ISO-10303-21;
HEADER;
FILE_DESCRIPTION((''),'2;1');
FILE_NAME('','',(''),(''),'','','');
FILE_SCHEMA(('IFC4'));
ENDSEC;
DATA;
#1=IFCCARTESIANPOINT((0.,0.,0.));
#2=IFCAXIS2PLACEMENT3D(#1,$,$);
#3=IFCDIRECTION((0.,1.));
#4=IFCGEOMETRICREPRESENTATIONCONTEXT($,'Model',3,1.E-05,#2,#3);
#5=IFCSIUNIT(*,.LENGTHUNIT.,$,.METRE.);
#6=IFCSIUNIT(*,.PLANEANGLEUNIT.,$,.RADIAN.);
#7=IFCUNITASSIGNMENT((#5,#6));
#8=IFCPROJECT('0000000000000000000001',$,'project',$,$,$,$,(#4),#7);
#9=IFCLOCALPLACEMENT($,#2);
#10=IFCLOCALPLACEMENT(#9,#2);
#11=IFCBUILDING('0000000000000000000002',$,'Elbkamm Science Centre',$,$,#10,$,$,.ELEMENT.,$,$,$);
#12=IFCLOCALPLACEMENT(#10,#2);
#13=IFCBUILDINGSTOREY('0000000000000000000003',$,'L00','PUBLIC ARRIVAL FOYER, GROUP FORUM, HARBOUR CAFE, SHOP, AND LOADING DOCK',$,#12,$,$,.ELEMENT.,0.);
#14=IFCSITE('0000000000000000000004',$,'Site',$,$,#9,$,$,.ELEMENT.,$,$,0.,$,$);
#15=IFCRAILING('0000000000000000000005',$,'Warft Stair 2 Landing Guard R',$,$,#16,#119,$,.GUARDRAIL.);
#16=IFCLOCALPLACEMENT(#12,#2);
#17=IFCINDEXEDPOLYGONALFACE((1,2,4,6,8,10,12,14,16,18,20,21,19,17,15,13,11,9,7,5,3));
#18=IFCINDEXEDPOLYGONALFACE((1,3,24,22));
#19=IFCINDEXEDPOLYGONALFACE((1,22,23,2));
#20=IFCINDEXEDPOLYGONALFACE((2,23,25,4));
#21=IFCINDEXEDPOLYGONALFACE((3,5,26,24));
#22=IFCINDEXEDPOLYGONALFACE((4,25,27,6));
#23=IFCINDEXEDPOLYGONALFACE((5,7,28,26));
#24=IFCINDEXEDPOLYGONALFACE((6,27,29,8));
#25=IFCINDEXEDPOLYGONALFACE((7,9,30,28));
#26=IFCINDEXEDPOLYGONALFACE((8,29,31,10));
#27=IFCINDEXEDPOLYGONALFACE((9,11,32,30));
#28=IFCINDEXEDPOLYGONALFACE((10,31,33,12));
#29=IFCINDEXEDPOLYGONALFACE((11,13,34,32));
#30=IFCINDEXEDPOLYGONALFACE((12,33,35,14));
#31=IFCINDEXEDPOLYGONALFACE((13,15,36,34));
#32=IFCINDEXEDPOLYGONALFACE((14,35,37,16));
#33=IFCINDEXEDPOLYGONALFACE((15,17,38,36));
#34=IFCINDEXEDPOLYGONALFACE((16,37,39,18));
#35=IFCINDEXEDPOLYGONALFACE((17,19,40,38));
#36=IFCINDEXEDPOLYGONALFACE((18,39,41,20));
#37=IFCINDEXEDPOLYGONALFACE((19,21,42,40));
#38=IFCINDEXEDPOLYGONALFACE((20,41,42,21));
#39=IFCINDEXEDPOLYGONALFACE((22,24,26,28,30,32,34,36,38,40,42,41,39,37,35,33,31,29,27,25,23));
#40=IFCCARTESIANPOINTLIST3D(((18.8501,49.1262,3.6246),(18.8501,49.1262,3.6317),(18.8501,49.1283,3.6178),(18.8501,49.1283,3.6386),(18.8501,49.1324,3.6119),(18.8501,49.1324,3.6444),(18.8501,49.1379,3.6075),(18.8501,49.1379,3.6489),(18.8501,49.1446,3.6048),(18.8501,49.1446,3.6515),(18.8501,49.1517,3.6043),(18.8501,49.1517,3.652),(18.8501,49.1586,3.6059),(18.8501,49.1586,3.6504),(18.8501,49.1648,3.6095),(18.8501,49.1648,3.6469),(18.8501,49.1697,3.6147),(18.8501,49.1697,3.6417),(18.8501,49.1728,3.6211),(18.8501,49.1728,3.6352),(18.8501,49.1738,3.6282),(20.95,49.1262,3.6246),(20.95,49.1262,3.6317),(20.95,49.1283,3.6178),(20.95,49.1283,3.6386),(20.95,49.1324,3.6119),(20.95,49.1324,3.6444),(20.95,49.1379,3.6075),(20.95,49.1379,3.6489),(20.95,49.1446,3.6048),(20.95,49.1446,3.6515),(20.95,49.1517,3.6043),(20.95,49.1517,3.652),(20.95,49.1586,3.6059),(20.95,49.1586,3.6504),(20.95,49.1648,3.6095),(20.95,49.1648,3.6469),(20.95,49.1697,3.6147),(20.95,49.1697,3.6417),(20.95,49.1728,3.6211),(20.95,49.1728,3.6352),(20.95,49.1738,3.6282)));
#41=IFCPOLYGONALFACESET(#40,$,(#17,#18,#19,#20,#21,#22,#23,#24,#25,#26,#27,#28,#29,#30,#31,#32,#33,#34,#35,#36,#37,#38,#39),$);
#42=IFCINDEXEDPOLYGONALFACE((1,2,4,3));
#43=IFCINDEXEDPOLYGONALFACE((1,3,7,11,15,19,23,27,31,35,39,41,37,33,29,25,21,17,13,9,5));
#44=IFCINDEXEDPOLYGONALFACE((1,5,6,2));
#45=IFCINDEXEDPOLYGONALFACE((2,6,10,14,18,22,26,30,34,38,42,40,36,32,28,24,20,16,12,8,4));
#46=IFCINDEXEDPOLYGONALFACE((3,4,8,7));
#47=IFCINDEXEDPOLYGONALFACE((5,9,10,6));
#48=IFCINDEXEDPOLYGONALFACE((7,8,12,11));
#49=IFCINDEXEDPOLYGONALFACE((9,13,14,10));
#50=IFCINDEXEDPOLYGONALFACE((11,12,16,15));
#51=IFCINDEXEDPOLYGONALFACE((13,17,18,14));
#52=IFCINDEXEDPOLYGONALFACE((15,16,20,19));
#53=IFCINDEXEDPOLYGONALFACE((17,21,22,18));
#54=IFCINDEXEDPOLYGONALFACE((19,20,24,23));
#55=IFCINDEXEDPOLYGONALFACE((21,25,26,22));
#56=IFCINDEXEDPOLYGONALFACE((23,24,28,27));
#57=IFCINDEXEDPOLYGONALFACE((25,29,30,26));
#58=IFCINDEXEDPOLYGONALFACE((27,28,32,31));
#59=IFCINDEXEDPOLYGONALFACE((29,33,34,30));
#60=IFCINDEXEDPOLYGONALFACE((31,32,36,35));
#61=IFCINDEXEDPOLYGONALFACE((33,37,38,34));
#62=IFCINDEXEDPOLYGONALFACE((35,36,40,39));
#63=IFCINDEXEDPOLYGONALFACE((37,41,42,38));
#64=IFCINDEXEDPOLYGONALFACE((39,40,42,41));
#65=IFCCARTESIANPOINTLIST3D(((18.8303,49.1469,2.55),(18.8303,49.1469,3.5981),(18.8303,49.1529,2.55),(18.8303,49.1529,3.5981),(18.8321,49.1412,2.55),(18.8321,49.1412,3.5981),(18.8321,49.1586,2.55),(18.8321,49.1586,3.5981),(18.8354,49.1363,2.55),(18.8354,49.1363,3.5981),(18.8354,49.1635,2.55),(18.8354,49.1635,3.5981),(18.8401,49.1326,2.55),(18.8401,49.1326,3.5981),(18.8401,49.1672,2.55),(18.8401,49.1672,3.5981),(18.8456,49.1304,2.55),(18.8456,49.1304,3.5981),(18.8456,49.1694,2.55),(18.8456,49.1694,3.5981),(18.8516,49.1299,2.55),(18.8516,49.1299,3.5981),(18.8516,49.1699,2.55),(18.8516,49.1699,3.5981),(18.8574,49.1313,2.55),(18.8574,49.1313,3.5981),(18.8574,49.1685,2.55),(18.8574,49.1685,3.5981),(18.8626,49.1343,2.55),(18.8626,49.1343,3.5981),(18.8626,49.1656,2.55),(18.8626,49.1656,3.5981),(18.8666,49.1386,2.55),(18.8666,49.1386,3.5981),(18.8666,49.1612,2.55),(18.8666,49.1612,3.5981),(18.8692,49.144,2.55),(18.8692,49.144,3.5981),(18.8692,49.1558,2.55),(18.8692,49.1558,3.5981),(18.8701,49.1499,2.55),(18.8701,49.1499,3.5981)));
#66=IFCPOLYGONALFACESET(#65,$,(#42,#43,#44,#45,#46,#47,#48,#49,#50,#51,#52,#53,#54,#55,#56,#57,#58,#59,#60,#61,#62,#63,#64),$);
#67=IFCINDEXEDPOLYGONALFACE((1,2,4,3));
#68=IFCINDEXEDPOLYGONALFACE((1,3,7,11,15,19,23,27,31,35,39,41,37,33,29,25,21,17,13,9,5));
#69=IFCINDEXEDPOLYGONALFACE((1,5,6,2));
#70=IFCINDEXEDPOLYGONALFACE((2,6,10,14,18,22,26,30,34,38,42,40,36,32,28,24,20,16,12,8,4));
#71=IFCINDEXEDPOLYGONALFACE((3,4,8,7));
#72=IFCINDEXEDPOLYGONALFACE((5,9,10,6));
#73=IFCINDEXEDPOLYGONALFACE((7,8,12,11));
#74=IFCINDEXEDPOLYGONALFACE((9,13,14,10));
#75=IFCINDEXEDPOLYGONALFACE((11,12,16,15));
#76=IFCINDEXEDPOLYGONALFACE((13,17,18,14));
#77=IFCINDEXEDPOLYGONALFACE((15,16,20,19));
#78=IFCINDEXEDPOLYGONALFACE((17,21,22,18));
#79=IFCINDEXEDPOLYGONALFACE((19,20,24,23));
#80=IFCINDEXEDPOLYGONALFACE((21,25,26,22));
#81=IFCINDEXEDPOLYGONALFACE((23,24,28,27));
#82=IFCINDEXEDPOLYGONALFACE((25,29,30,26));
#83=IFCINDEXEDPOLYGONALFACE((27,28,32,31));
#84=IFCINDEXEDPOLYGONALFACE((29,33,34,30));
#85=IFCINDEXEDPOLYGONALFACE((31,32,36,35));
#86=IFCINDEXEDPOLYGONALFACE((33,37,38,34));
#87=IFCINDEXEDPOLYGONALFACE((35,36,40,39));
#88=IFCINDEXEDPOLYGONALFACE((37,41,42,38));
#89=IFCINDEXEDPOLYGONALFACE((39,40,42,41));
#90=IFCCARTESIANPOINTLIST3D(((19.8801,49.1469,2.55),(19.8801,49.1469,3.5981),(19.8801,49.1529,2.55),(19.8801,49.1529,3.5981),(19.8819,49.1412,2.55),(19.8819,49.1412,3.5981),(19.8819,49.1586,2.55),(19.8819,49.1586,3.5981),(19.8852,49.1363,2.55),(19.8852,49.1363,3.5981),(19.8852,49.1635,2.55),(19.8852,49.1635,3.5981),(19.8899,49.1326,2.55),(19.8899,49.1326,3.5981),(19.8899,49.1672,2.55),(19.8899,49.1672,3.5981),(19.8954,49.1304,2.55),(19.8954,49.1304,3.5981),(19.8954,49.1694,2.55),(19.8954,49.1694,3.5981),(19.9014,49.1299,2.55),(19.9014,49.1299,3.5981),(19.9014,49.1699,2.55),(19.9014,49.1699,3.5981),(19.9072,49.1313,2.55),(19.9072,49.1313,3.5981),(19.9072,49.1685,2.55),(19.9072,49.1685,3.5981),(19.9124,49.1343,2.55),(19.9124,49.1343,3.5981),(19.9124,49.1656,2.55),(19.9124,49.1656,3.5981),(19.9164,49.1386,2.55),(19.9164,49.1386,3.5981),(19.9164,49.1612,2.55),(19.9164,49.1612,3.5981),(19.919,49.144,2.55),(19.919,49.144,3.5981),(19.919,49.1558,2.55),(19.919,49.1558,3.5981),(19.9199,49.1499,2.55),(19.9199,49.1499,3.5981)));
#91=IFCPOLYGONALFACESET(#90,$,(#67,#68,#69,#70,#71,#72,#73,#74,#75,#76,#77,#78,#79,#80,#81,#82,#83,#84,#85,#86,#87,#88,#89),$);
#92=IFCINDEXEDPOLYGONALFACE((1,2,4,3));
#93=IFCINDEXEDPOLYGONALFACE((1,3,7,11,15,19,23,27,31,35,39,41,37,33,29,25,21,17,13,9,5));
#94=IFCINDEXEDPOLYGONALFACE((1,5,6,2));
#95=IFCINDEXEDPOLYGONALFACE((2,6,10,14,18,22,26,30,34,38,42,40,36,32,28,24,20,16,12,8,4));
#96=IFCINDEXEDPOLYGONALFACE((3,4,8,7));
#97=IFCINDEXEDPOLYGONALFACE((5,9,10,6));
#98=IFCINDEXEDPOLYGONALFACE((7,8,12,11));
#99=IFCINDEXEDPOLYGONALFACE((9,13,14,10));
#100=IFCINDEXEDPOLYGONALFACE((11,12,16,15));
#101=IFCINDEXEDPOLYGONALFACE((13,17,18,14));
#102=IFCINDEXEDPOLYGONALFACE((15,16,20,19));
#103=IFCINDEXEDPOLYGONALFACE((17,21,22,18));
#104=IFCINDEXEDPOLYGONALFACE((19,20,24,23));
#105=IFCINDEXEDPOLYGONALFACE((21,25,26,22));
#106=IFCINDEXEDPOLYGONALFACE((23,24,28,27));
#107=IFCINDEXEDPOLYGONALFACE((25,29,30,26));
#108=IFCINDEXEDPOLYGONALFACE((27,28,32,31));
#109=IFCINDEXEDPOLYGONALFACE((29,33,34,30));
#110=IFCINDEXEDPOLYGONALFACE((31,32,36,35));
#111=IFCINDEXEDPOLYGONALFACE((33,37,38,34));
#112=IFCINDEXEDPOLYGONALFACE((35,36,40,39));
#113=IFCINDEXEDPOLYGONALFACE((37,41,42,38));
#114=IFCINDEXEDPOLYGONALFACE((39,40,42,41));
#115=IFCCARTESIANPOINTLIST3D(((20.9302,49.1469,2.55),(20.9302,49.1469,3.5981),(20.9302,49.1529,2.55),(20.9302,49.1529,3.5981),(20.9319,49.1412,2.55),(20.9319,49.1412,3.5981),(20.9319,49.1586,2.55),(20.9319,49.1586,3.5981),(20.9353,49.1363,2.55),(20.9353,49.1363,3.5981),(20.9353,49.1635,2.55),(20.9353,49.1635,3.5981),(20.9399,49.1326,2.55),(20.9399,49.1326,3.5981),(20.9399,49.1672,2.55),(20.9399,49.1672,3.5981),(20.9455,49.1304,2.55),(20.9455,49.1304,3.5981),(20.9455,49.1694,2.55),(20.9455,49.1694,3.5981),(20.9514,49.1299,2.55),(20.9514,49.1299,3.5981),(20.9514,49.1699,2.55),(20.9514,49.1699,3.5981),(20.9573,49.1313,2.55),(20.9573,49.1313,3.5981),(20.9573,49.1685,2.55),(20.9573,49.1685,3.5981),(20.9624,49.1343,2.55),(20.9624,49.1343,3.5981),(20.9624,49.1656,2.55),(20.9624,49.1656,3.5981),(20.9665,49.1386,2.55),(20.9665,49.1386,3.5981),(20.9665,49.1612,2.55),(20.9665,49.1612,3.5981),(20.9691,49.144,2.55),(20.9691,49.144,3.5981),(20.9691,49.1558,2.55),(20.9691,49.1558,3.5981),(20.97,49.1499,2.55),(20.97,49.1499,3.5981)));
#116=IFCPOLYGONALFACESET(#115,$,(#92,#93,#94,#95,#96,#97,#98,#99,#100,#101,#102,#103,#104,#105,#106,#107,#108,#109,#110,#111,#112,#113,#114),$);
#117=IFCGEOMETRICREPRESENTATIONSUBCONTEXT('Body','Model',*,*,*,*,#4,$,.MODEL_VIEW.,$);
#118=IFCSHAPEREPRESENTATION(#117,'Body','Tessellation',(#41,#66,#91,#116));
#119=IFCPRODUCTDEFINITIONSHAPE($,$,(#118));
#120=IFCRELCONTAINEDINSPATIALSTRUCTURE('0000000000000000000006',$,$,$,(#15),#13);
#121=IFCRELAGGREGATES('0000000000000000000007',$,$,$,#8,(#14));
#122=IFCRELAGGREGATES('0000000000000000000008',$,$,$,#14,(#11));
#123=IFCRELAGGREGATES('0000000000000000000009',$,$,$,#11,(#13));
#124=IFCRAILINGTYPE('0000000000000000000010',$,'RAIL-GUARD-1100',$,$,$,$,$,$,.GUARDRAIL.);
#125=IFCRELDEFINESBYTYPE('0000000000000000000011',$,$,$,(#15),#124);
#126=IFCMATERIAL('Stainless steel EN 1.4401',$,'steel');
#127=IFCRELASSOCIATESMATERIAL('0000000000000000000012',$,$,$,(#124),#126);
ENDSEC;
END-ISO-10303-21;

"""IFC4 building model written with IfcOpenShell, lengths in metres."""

from ifc_helpers import new_model, si_unit, direction, frame, origin, origin_2d, place, context, subcontext, project, spatial, circle, extrude, material, type_object, element, save


model = new_model("IFC4")

# Units and contexts
model_context = context("Model", 3, precision=1e-05, world=origin(), true_north=direction((0.0, 1.0)))
body_context = subcontext(model_context, "Body", "Model", "MODEL_VIEW")
ifc_project = project(units=[si_unit("LENGTHUNIT", "METRE"), si_unit("PLANEANGLEUNIT", "RADIAN")], contexts=[model_context])

# Site, building, storey
site_placement = place(None, origin())
site = spatial("IfcSite", under=ifc_project, at=site_placement, Name="Site", CompositionType="ELEMENT", RefElevation=0.0)
building_placement = place(site_placement, origin())
building = spatial("IfcBuilding", under=site, at=building_placement, Name="Elbkamm Science Centre", CompositionType="ELEMENT")
storey_placement = place(building_placement, origin())
storey = spatial("IfcBuildingStorey", under=building, at=storey_placement, Name="L00", Description="PUBLIC ARRIVAL FOYER, GROUP FORUM, HARBOUR CAFE, SHOP, AND LOADING DOCK", CompositionType="ELEMENT", Elevation=0.0)

# Railing
ifc_material_1 = material(Name="Stainless steel EN 1.4401", Category="steel")
railing_type_1 = type_object("IfcRailingType", Name="RAIL-GUARD-1100", PredefinedType="GUARDRAIL", material=ifc_material_1)
railing_1_placement = place(storey_placement, frame((18.8501, 49.1499, 2.55)))
element("IfcRailing", 1, at=railing_1_placement, inside=storey, type_object=railing_type_1, Name="Warft Stair 2 Landing Guard R", PredefinedType="GUARDRAIL", context=body_context, shape_type="SweptSolid", body=[
    extrude(circle(Radius=0.0239, at=origin_2d()), frame((0.0, 0.0, 1.0781), z_axis=(1.0, 0.0, 0.0), x_axis=(0.0, 1.0, 0.0)), (0.0, 0.0, 1.0), 2.0999),
    extrude(circle(Radius=0.02, at=origin_2d()), origin(), (0.0, 0.0, 1.0), 1.0481),
    extrude(circle(Radius=0.02, at=origin_2d()), frame((1.0498, 0.0, 0.0)), (0.0, 0.0, 1.0), 1.0481),
    extrude(circle(Radius=0.02, at=origin_2d()), frame((2.0999, 0.0, 0.0)), (0.0, 0.0, 1.0), 1.0481),
])

save(model, "model.ifc")
